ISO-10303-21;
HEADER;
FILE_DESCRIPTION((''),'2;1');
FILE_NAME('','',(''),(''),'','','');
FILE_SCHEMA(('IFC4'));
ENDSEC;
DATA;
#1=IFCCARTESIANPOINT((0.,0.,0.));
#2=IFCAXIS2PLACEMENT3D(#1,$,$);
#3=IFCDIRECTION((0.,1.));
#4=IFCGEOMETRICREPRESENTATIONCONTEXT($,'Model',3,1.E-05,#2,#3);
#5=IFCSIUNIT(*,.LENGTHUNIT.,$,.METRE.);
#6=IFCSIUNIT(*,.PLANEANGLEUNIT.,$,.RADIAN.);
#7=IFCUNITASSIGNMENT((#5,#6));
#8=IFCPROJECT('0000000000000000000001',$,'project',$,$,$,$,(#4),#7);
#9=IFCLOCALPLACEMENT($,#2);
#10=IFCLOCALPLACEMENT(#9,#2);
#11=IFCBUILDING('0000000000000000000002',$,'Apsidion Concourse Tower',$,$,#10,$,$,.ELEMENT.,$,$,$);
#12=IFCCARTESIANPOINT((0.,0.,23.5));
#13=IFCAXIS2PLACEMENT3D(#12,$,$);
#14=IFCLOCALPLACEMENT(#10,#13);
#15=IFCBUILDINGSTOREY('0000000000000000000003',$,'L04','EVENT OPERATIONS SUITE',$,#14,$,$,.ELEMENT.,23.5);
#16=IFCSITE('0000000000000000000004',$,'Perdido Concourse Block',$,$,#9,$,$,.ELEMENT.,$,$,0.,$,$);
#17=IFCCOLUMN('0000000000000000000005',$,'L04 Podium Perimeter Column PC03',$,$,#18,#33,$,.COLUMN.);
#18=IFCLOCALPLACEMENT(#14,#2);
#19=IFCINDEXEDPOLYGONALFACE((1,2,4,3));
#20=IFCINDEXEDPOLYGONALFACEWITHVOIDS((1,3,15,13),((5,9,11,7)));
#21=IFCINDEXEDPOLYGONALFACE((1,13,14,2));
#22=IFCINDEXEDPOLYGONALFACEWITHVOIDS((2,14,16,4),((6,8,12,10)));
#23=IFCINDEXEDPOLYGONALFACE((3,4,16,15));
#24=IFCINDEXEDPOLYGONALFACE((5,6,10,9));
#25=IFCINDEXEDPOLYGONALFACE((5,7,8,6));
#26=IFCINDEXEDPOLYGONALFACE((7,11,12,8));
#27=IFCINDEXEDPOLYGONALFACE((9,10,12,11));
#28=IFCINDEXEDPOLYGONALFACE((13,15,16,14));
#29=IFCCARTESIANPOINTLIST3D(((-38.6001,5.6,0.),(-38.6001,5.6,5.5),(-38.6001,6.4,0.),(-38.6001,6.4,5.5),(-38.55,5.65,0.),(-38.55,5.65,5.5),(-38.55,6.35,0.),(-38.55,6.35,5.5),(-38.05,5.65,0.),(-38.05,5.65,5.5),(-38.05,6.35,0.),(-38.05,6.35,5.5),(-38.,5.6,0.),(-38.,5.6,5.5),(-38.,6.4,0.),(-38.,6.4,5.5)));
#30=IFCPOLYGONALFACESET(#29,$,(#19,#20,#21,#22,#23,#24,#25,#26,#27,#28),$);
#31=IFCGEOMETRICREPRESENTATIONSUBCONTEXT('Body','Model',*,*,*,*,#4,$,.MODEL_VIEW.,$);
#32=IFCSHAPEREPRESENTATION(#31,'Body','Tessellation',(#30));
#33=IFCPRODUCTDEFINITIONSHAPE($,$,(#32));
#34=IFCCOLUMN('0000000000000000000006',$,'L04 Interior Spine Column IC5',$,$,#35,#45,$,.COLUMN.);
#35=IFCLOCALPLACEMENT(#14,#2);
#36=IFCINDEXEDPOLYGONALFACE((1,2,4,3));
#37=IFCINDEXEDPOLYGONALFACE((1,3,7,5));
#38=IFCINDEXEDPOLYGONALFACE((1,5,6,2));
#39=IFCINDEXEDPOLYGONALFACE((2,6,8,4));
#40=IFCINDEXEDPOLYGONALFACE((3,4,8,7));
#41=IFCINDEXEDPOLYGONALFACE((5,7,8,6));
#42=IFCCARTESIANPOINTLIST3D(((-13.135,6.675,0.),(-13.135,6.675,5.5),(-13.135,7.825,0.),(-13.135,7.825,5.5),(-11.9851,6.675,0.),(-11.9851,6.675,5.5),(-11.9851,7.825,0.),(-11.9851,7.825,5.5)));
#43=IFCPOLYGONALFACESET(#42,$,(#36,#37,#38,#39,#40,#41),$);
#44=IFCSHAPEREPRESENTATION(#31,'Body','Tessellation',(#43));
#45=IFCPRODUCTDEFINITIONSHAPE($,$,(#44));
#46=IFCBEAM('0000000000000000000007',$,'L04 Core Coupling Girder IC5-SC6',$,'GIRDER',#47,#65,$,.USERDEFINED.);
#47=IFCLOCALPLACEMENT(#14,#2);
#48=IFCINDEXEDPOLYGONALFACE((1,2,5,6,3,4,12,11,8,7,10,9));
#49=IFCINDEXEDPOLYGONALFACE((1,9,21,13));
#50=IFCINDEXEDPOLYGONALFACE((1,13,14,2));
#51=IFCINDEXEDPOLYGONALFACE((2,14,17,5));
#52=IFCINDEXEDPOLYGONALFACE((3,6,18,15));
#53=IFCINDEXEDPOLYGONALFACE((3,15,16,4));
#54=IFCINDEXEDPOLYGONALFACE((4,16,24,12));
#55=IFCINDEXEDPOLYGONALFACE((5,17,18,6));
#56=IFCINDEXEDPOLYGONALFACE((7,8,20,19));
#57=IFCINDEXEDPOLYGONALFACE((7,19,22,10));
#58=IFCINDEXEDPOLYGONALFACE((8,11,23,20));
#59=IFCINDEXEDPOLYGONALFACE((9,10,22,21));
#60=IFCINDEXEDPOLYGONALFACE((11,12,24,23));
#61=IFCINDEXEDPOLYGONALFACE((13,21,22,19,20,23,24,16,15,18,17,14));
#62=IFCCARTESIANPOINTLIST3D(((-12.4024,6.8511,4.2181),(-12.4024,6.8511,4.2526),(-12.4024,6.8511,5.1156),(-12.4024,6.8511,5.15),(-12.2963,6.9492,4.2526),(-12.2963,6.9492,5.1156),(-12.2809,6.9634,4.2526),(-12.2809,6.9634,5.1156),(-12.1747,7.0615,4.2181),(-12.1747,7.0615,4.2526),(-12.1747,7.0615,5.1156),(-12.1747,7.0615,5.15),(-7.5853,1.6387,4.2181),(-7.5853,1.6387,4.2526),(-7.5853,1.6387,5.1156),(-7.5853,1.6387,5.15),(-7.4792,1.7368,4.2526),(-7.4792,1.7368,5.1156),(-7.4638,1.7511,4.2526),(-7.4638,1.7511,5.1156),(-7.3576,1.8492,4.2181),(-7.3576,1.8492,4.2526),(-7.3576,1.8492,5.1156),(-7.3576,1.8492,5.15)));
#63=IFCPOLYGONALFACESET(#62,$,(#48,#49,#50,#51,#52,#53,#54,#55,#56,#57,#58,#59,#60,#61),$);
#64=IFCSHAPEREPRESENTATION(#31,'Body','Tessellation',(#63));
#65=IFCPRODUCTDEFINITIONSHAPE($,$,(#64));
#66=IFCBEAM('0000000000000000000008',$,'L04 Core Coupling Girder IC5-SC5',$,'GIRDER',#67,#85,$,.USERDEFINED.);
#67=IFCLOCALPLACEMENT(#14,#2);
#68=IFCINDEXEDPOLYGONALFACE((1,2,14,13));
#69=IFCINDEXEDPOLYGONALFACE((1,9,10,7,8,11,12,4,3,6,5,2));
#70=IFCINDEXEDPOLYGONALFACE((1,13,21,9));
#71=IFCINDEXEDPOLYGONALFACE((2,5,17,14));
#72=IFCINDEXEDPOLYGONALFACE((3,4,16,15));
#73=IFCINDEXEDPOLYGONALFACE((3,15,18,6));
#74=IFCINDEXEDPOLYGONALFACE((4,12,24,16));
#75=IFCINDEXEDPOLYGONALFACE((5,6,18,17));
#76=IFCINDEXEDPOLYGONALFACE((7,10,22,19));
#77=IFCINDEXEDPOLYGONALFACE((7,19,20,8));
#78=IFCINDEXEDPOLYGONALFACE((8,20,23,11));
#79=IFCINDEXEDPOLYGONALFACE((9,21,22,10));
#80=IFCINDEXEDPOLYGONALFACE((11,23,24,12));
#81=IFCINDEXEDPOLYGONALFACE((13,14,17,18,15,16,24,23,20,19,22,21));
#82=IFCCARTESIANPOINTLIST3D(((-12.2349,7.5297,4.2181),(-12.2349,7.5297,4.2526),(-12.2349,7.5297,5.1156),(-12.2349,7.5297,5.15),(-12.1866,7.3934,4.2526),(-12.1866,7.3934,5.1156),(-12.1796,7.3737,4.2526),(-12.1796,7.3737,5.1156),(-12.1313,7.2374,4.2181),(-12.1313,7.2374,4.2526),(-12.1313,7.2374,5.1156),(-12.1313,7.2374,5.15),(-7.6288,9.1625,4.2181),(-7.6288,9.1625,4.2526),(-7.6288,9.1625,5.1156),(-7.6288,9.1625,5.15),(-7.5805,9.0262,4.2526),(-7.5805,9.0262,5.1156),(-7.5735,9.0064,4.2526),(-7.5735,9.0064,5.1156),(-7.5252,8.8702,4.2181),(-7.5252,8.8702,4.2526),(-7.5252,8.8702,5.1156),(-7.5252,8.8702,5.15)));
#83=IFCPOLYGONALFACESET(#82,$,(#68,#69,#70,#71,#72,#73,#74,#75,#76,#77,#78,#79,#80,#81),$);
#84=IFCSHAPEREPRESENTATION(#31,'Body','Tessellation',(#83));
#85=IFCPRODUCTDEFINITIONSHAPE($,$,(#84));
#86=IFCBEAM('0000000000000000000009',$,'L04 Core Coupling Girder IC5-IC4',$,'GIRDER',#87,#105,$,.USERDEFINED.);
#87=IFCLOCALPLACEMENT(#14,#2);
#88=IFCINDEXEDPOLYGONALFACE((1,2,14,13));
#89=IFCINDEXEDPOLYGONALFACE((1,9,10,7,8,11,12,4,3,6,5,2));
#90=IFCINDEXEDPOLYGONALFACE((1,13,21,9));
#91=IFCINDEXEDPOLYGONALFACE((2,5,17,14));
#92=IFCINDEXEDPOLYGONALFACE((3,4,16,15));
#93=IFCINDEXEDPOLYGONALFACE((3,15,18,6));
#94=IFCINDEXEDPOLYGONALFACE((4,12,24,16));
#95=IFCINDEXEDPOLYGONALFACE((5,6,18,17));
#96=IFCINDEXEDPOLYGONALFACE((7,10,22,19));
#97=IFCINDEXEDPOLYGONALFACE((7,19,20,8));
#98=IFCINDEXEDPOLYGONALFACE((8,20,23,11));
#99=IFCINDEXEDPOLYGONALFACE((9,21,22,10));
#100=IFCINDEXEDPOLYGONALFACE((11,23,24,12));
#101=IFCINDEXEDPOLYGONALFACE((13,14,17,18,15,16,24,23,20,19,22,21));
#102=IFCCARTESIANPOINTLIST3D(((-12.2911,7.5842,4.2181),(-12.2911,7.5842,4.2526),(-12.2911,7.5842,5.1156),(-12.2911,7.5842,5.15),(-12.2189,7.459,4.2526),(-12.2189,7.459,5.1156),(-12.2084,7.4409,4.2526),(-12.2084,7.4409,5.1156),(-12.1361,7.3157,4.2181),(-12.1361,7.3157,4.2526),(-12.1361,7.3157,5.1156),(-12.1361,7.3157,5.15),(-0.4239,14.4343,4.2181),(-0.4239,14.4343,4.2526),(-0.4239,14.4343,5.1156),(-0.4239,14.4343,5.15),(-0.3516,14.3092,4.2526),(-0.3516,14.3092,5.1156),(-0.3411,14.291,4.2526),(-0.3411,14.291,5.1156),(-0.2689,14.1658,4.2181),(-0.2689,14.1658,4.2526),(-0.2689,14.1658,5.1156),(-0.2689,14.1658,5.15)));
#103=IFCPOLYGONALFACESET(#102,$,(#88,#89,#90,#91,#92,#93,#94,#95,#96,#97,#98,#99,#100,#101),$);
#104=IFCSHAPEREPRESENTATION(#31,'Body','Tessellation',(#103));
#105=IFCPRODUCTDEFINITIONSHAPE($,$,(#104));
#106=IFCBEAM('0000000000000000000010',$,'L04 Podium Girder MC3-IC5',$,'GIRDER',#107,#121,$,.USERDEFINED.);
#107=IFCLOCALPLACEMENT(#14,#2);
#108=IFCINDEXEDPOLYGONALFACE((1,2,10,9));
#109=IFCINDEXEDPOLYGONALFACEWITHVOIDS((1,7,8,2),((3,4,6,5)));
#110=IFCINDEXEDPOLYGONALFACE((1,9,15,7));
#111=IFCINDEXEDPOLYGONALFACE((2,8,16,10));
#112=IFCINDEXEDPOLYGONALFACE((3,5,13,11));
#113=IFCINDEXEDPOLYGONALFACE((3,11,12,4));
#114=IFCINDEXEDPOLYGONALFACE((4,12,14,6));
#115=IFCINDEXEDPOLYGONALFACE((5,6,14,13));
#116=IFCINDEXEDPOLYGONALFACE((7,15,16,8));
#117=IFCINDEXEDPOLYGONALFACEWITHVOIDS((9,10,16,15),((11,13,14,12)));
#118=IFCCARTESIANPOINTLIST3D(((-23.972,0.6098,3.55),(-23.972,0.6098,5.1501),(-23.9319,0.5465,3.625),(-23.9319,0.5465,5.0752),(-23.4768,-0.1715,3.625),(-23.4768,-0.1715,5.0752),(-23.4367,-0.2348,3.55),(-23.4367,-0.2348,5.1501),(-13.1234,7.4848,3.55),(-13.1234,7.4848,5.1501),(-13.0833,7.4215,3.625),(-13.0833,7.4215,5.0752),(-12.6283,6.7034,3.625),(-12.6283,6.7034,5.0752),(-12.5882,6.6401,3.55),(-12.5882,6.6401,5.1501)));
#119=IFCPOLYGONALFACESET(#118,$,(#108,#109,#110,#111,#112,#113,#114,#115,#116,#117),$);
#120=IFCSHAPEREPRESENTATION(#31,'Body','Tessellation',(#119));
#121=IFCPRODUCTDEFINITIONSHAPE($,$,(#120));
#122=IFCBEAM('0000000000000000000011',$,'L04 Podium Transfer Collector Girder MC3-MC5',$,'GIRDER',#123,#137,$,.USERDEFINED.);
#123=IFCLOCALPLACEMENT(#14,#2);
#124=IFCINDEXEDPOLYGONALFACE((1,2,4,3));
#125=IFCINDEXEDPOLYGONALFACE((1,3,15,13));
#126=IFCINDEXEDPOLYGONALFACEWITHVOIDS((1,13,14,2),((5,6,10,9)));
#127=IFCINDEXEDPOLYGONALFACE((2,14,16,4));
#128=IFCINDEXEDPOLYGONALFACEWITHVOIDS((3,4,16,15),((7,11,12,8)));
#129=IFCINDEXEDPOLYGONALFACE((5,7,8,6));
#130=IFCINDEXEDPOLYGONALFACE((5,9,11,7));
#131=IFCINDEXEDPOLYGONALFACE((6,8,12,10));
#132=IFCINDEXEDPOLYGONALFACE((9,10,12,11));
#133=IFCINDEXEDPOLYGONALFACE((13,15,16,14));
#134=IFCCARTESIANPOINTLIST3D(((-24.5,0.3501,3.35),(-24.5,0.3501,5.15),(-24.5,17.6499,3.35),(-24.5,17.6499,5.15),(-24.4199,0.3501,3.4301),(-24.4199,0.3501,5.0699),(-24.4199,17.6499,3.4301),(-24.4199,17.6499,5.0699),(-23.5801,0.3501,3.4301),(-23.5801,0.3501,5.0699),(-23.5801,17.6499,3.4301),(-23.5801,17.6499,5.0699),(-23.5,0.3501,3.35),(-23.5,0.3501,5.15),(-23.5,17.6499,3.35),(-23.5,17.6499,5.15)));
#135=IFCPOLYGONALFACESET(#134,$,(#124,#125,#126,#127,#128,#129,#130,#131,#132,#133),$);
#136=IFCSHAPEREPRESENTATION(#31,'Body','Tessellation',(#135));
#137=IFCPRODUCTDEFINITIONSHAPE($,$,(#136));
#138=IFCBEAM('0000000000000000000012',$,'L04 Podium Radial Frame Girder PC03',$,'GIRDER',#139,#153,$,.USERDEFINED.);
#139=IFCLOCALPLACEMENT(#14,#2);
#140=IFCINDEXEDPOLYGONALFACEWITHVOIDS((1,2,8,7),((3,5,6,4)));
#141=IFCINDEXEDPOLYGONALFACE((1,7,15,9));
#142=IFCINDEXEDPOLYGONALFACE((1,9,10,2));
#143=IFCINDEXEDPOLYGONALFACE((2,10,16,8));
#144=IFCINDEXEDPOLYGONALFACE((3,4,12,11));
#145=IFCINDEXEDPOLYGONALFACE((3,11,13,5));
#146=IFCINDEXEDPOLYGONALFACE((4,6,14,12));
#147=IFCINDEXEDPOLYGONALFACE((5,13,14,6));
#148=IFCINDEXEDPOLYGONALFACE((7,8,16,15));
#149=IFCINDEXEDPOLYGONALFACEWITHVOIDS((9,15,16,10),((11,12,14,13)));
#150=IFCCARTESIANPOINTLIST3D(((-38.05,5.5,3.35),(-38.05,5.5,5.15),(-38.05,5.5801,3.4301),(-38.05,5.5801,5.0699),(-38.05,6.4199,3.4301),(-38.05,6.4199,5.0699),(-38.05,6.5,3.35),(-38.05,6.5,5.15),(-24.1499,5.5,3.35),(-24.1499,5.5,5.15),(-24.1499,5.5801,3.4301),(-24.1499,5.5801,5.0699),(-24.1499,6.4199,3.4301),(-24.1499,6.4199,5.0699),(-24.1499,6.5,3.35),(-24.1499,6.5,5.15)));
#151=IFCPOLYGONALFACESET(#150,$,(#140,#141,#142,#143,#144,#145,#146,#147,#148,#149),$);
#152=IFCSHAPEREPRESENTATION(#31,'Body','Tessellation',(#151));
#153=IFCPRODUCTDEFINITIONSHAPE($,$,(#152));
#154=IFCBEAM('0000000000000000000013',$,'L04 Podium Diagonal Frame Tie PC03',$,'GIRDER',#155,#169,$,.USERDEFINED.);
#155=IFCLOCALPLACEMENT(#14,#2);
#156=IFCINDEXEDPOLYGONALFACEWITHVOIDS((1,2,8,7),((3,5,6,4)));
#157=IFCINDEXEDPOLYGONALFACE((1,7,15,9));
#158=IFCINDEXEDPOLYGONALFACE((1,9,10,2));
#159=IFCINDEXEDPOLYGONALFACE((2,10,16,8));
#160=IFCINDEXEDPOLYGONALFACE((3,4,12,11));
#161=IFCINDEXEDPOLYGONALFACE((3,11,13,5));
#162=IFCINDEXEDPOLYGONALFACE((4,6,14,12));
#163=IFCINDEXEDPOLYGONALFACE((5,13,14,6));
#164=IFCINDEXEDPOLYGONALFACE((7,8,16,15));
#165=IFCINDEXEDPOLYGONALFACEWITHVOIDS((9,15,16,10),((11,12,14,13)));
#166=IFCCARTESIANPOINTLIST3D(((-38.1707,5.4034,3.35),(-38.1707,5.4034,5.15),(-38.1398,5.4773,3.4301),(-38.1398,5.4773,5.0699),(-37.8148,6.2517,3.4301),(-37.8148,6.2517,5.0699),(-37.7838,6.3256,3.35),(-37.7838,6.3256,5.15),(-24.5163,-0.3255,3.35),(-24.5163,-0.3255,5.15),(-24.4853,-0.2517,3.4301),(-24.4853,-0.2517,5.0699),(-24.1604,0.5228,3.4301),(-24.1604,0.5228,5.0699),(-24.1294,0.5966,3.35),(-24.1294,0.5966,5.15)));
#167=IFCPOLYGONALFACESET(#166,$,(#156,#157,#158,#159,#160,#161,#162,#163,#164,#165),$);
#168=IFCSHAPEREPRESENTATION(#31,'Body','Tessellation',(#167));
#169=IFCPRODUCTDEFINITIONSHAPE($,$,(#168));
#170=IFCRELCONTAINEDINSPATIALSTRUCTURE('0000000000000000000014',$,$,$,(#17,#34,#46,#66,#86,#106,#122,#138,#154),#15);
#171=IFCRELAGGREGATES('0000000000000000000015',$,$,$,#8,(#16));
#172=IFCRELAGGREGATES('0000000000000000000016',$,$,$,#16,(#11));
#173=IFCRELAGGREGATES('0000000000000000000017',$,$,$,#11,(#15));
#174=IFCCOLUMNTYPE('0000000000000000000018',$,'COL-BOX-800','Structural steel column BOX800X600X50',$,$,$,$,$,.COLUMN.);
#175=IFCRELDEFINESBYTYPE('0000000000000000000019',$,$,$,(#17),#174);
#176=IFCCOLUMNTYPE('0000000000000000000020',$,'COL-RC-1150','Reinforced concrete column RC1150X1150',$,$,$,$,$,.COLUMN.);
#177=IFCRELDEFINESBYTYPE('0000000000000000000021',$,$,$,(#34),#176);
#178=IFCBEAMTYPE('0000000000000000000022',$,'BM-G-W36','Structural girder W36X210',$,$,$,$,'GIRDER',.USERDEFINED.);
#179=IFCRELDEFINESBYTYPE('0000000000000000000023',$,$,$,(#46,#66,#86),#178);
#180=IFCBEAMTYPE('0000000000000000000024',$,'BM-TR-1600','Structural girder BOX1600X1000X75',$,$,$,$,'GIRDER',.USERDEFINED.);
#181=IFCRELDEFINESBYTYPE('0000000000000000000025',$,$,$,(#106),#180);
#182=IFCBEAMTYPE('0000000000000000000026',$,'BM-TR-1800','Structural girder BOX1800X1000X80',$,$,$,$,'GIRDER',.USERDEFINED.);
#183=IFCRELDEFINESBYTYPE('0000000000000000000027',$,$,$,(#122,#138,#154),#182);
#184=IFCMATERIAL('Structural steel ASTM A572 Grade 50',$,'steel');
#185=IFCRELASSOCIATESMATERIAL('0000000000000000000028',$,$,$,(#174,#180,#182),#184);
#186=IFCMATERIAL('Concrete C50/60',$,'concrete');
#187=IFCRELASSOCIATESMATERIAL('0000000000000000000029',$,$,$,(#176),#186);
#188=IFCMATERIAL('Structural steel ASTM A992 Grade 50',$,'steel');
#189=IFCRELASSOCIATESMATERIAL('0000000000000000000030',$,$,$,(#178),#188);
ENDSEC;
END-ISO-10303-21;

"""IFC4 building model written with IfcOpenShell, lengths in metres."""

from ifc_helpers import new_model, si_unit, direction, frame, origin, origin_2d, place, context, subcontext, project, spatial, rectangle, hollow_rectangle, i_section, extrude, material, material_profile, profile_set, type_object, element, save


model = new_model("IFC4")

# Units and contexts
model_context = context("Model", 3, precision=1e-05, world=origin(), true_north=direction((0.0, 1.0)))
body_context = subcontext(model_context, "Body", "Model", "MODEL_VIEW")
ifc_project = project(units=[si_unit("LENGTHUNIT", "METRE"), si_unit("PLANEANGLEUNIT", "RADIAN")], contexts=[model_context])

# Site, building, storey
site_placement = place(None, origin())
site = spatial("IfcSite", under=ifc_project, at=site_placement, Name="Perdido Concourse Block", CompositionType="ELEMENT", RefElevation=0.0)
building_placement = place(site_placement, origin())
building = spatial("IfcBuilding", under=site, at=building_placement, Name="Apsidion Concourse Tower", CompositionType="ELEMENT")
storey_placement = place(building_placement, frame((0.0, 0.0, 23.5)))
storey = spatial("IfcBuildingStorey", under=building, at=storey_placement, Name="L04", Description="EVENT OPERATIONS SUITE", CompositionType="ELEMENT", Elevation=23.5)

# Columns
ifc_material_1 = material(Name="Structural steel ASTM A572 Grade 50", Category="steel")
ifc_material_profile_1 = material_profile(ifc_material_1, hollow_rectangle(XDim=0.6001, YDim=0.8, WallThickness=0.05, at=origin_2d()), Name="BOX800X600X50")
ifc_profile_set_1 = profile_set([ifc_material_profile_1], Name="Structural steel ASTM A572 Grade 50")
column_type_1 = type_object("IfcColumnType", Name="COL-BOX-800", Description="Structural steel column BOX800X600X50", PredefinedType="COLUMN", material=ifc_profile_set_1)
column_1_placement = place(storey_placement, frame((-38.3, 6.0, 0.0), z_axis=(0.0, 0.0, 1.0), x_axis=(1.0, 0.0, 0.0)))
element("IfcColumn", 1, at=column_1_placement, inside=storey, type_object=column_type_1, Name="L04 Podium Perimeter Column PC03", PredefinedType="COLUMN", context=body_context, shape_type="SweptSolid", body=[
    extrude(hollow_rectangle(XDim=0.6001, YDim=0.8, WallThickness=0.05, at=origin_2d()), origin(), (0.0, 0.0, 1.0), 5.5),
])
ifc_material_2 = material(Name="Concrete C50/60", Category="concrete")
ifc_material_profile_2 = material_profile(ifc_material_2, rectangle(XDim=1.1499, YDim=1.1499, at=origin_2d()), Name="RC 1150x1150")
ifc_profile_set_2 = profile_set([ifc_material_profile_2], Name="Concrete C50/60")
column_type_2 = type_object("IfcColumnType", Name="COL-RC-1150", Description="Reinforced concrete column RC1150X1150", PredefinedType="COLUMN", material=ifc_profile_set_2)
column_2_placement = place(storey_placement, frame((-12.5601, 7.25, 0.0), z_axis=(0.0, 0.0, 1.0), x_axis=(1.0, 0.0, 0.0)))
element("IfcColumn", 2, at=column_2_placement, inside=storey, type_object=column_type_2, Name="L04 Interior Spine Column IC5", PredefinedType="COLUMN", context=body_context, shape_type="SweptSolid", body=[
    extrude(rectangle(XDim=1.1499, YDim=1.1499, at=origin_2d()), origin(), (0.0, 0.0, 1.0), 5.5),
])

# Beams
ifc_material_3 = material(Name="Structural steel ASTM A992 Grade 50", Category="steel")
ifc_material_profile_3 = material_profile(ifc_material_3, i_section(OverallWidth=0.3101, OverallDepth=0.9319, WebThickness=0.021, FlangeThickness=0.0344, at=origin_2d()), Name="W36X210")
ifc_profile_set_3 = profile_set([ifc_material_profile_3], Name="Structural steel ASTM A992 Grade 50")
beam_type_1 = type_object("IfcBeamType", Name="BM-G-W36", Description="Structural girder W36X210", ElementType="GIRDER", PredefinedType="USERDEFINED", material=ifc_profile_set_3)
beam_1_placement = place(storey_placement, frame((-12.2886, 6.9563, 4.6841), z_axis=(0.678713, -0.734404, 0.0), x_axis=(0.734404, 0.678713, 0.0)))
element("IfcBeam", 3, at=beam_1_placement, inside=storey, type_object=beam_type_1, Name="L04 Core Coupling Girder IC5-SC6", ObjectType="GIRDER", PredefinedType="USERDEFINED", context=body_context, shape_type="SweptSolid", body=[
    extrude(i_section(OverallWidth=0.3101, OverallDepth=0.9319, WebThickness=0.021, FlangeThickness=0.0344, at=origin_2d()), origin(), (0.0, 0.0, 1.0), 7.0974),
])
beam_2_placement = place(storey_placement, frame((-12.1831, 7.3835, 4.6841), z_axis=(0.942534, 0.334111, 0.0), x_axis=(-0.334111, 0.942534, 0.0)))
element("IfcBeam", 4, at=beam_2_placement, inside=storey, type_object=beam_type_1, Name="L04 Core Coupling Girder IC5-SC5", ObjectType="GIRDER", PredefinedType="USERDEFINED", context=body_context, shape_type="SweptSolid", body=[
    extrude(i_section(OverallWidth=0.3101, OverallDepth=0.9319, WebThickness=0.021, FlangeThickness=0.0344, at=origin_2d()), origin(), (0.0, 0.0, 1.0), 4.887),
])
beam_3_placement = place(storey_placement, frame((-12.2136, 7.45, 4.6841), z_axis=(0.86607, 0.499922, 0.0), x_axis=(-0.499922, 0.86607, 0.0)))
element("IfcBeam", 5, at=beam_3_placement, inside=storey, type_object=beam_type_1, Name="L04 Core Coupling Girder IC5-IC4", ObjectType="GIRDER", PredefinedType="USERDEFINED", context=body_context, shape_type="SweptSolid", body=[
    extrude(i_section(OverallWidth=0.3101, OverallDepth=0.9319, WebThickness=0.021, FlangeThickness=0.0344, at=origin_2d()), origin(), (0.0, 0.0, 1.0), 13.7024),
])
ifc_material_profile_4 = material_profile(ifc_material_1, hollow_rectangle(XDim=1.0, YDim=1.6001, WallThickness=0.075, at=origin_2d()), Name="BOX1600X1000X75")
ifc_profile_set_4 = profile_set([ifc_material_profile_4], Name="Structural steel ASTM A572 Grade 50")
beam_type_2 = type_object("IfcBeamType", Name="BM-TR-1600", Description="Structural girder BOX1600X1000X75", ElementType="GIRDER", PredefinedType="USERDEFINED", material=ifc_profile_set_4)
beam_4_placement = place(storey_placement, frame((-23.7043, 0.1875, 4.3501), z_axis=(0.844671, 0.535285, 0.0), x_axis=(-0.535285, 0.844671, 0.0)))
element("IfcBeam", 6, at=beam_4_placement, inside=storey, type_object=beam_type_2, Name="L04 Podium Girder MC3-IC5", ObjectType="GIRDER", PredefinedType="USERDEFINED", context=body_context, shape_type="SweptSolid", body=[
    extrude(hollow_rectangle(XDim=1.0, YDim=1.6001, WallThickness=0.075, at=origin_2d()), origin(), (0.0, 0.0, 1.0), 12.8435),
])
ifc_material_profile_5 = material_profile(ifc_material_1, hollow_rectangle(XDim=1.0, YDim=1.8, WallThickness=0.0801, at=origin_2d()), Name="BOX1800X1000X80")
ifc_profile_set_5 = profile_set([ifc_material_profile_5], Name="Structural steel ASTM A572 Grade 50")
beam_type_3 = type_object("IfcBeamType", Name="BM-TR-1800", Description="Structural girder BOX1800X1000X80", ElementType="GIRDER", PredefinedType="USERDEFINED", material=ifc_profile_set_5)
beam_5_placement = place(storey_placement, frame((-24.0, 0.3501, 4.25), z_axis=(0.0, 1.0, 0.0), x_axis=(-1.0, 0.0, 0.0)))
element("IfcBeam", 7, at=beam_5_placement, inside=storey, type_object=beam_type_3, Name="L04 Podium Transfer Collector Girder MC3-MC5", ObjectType="GIRDER", PredefinedType="USERDEFINED", context=body_context, shape_type="SweptSolid", body=[
    extrude(hollow_rectangle(XDim=1.0, YDim=1.8, WallThickness=0.0801, at=origin_2d()), origin(), (0.0, 0.0, 1.0), 17.2998),
])
beam_6_placement = place(storey_placement, frame((-38.05, 6.0, 4.25), z_axis=(1.0, 0.0, 0.0), x_axis=(0.0, 1.0, 0.0)))
element("IfcBeam", 8, at=beam_6_placement, inside=storey, type_object=beam_type_3, Name="L04 Podium Radial Frame Girder PC03", ObjectType="GIRDER", PredefinedType="USERDEFINED", context=body_context, shape_type="SweptSolid", body=[
    extrude(hollow_rectangle(XDim=1.0, YDim=1.8, WallThickness=0.0801, at=origin_2d()), origin(), (0.0, 0.0, 1.0), 13.9001),
])
beam_7_placement = place(storey_placement, frame((-37.9773, 5.8645, 4.25), z_axis=(0.922124, -0.386894, 0.0), x_axis=(0.386894, 0.922124, 0.0)))
element("IfcBeam", 9, at=beam_7_placement, inside=storey, type_object=beam_type_3, Name="L04 Podium Diagonal Frame Tie PC03", ObjectType="GIRDER", PredefinedType="USERDEFINED", context=body_context, shape_type="SweptSolid", body=[
    extrude(hollow_rectangle(XDim=1.0, YDim=1.8, WallThickness=0.0801, at=origin_2d()), origin(), (0.0, 0.0, 1.0), 14.8076),
])

save(model, "model.ifc")
